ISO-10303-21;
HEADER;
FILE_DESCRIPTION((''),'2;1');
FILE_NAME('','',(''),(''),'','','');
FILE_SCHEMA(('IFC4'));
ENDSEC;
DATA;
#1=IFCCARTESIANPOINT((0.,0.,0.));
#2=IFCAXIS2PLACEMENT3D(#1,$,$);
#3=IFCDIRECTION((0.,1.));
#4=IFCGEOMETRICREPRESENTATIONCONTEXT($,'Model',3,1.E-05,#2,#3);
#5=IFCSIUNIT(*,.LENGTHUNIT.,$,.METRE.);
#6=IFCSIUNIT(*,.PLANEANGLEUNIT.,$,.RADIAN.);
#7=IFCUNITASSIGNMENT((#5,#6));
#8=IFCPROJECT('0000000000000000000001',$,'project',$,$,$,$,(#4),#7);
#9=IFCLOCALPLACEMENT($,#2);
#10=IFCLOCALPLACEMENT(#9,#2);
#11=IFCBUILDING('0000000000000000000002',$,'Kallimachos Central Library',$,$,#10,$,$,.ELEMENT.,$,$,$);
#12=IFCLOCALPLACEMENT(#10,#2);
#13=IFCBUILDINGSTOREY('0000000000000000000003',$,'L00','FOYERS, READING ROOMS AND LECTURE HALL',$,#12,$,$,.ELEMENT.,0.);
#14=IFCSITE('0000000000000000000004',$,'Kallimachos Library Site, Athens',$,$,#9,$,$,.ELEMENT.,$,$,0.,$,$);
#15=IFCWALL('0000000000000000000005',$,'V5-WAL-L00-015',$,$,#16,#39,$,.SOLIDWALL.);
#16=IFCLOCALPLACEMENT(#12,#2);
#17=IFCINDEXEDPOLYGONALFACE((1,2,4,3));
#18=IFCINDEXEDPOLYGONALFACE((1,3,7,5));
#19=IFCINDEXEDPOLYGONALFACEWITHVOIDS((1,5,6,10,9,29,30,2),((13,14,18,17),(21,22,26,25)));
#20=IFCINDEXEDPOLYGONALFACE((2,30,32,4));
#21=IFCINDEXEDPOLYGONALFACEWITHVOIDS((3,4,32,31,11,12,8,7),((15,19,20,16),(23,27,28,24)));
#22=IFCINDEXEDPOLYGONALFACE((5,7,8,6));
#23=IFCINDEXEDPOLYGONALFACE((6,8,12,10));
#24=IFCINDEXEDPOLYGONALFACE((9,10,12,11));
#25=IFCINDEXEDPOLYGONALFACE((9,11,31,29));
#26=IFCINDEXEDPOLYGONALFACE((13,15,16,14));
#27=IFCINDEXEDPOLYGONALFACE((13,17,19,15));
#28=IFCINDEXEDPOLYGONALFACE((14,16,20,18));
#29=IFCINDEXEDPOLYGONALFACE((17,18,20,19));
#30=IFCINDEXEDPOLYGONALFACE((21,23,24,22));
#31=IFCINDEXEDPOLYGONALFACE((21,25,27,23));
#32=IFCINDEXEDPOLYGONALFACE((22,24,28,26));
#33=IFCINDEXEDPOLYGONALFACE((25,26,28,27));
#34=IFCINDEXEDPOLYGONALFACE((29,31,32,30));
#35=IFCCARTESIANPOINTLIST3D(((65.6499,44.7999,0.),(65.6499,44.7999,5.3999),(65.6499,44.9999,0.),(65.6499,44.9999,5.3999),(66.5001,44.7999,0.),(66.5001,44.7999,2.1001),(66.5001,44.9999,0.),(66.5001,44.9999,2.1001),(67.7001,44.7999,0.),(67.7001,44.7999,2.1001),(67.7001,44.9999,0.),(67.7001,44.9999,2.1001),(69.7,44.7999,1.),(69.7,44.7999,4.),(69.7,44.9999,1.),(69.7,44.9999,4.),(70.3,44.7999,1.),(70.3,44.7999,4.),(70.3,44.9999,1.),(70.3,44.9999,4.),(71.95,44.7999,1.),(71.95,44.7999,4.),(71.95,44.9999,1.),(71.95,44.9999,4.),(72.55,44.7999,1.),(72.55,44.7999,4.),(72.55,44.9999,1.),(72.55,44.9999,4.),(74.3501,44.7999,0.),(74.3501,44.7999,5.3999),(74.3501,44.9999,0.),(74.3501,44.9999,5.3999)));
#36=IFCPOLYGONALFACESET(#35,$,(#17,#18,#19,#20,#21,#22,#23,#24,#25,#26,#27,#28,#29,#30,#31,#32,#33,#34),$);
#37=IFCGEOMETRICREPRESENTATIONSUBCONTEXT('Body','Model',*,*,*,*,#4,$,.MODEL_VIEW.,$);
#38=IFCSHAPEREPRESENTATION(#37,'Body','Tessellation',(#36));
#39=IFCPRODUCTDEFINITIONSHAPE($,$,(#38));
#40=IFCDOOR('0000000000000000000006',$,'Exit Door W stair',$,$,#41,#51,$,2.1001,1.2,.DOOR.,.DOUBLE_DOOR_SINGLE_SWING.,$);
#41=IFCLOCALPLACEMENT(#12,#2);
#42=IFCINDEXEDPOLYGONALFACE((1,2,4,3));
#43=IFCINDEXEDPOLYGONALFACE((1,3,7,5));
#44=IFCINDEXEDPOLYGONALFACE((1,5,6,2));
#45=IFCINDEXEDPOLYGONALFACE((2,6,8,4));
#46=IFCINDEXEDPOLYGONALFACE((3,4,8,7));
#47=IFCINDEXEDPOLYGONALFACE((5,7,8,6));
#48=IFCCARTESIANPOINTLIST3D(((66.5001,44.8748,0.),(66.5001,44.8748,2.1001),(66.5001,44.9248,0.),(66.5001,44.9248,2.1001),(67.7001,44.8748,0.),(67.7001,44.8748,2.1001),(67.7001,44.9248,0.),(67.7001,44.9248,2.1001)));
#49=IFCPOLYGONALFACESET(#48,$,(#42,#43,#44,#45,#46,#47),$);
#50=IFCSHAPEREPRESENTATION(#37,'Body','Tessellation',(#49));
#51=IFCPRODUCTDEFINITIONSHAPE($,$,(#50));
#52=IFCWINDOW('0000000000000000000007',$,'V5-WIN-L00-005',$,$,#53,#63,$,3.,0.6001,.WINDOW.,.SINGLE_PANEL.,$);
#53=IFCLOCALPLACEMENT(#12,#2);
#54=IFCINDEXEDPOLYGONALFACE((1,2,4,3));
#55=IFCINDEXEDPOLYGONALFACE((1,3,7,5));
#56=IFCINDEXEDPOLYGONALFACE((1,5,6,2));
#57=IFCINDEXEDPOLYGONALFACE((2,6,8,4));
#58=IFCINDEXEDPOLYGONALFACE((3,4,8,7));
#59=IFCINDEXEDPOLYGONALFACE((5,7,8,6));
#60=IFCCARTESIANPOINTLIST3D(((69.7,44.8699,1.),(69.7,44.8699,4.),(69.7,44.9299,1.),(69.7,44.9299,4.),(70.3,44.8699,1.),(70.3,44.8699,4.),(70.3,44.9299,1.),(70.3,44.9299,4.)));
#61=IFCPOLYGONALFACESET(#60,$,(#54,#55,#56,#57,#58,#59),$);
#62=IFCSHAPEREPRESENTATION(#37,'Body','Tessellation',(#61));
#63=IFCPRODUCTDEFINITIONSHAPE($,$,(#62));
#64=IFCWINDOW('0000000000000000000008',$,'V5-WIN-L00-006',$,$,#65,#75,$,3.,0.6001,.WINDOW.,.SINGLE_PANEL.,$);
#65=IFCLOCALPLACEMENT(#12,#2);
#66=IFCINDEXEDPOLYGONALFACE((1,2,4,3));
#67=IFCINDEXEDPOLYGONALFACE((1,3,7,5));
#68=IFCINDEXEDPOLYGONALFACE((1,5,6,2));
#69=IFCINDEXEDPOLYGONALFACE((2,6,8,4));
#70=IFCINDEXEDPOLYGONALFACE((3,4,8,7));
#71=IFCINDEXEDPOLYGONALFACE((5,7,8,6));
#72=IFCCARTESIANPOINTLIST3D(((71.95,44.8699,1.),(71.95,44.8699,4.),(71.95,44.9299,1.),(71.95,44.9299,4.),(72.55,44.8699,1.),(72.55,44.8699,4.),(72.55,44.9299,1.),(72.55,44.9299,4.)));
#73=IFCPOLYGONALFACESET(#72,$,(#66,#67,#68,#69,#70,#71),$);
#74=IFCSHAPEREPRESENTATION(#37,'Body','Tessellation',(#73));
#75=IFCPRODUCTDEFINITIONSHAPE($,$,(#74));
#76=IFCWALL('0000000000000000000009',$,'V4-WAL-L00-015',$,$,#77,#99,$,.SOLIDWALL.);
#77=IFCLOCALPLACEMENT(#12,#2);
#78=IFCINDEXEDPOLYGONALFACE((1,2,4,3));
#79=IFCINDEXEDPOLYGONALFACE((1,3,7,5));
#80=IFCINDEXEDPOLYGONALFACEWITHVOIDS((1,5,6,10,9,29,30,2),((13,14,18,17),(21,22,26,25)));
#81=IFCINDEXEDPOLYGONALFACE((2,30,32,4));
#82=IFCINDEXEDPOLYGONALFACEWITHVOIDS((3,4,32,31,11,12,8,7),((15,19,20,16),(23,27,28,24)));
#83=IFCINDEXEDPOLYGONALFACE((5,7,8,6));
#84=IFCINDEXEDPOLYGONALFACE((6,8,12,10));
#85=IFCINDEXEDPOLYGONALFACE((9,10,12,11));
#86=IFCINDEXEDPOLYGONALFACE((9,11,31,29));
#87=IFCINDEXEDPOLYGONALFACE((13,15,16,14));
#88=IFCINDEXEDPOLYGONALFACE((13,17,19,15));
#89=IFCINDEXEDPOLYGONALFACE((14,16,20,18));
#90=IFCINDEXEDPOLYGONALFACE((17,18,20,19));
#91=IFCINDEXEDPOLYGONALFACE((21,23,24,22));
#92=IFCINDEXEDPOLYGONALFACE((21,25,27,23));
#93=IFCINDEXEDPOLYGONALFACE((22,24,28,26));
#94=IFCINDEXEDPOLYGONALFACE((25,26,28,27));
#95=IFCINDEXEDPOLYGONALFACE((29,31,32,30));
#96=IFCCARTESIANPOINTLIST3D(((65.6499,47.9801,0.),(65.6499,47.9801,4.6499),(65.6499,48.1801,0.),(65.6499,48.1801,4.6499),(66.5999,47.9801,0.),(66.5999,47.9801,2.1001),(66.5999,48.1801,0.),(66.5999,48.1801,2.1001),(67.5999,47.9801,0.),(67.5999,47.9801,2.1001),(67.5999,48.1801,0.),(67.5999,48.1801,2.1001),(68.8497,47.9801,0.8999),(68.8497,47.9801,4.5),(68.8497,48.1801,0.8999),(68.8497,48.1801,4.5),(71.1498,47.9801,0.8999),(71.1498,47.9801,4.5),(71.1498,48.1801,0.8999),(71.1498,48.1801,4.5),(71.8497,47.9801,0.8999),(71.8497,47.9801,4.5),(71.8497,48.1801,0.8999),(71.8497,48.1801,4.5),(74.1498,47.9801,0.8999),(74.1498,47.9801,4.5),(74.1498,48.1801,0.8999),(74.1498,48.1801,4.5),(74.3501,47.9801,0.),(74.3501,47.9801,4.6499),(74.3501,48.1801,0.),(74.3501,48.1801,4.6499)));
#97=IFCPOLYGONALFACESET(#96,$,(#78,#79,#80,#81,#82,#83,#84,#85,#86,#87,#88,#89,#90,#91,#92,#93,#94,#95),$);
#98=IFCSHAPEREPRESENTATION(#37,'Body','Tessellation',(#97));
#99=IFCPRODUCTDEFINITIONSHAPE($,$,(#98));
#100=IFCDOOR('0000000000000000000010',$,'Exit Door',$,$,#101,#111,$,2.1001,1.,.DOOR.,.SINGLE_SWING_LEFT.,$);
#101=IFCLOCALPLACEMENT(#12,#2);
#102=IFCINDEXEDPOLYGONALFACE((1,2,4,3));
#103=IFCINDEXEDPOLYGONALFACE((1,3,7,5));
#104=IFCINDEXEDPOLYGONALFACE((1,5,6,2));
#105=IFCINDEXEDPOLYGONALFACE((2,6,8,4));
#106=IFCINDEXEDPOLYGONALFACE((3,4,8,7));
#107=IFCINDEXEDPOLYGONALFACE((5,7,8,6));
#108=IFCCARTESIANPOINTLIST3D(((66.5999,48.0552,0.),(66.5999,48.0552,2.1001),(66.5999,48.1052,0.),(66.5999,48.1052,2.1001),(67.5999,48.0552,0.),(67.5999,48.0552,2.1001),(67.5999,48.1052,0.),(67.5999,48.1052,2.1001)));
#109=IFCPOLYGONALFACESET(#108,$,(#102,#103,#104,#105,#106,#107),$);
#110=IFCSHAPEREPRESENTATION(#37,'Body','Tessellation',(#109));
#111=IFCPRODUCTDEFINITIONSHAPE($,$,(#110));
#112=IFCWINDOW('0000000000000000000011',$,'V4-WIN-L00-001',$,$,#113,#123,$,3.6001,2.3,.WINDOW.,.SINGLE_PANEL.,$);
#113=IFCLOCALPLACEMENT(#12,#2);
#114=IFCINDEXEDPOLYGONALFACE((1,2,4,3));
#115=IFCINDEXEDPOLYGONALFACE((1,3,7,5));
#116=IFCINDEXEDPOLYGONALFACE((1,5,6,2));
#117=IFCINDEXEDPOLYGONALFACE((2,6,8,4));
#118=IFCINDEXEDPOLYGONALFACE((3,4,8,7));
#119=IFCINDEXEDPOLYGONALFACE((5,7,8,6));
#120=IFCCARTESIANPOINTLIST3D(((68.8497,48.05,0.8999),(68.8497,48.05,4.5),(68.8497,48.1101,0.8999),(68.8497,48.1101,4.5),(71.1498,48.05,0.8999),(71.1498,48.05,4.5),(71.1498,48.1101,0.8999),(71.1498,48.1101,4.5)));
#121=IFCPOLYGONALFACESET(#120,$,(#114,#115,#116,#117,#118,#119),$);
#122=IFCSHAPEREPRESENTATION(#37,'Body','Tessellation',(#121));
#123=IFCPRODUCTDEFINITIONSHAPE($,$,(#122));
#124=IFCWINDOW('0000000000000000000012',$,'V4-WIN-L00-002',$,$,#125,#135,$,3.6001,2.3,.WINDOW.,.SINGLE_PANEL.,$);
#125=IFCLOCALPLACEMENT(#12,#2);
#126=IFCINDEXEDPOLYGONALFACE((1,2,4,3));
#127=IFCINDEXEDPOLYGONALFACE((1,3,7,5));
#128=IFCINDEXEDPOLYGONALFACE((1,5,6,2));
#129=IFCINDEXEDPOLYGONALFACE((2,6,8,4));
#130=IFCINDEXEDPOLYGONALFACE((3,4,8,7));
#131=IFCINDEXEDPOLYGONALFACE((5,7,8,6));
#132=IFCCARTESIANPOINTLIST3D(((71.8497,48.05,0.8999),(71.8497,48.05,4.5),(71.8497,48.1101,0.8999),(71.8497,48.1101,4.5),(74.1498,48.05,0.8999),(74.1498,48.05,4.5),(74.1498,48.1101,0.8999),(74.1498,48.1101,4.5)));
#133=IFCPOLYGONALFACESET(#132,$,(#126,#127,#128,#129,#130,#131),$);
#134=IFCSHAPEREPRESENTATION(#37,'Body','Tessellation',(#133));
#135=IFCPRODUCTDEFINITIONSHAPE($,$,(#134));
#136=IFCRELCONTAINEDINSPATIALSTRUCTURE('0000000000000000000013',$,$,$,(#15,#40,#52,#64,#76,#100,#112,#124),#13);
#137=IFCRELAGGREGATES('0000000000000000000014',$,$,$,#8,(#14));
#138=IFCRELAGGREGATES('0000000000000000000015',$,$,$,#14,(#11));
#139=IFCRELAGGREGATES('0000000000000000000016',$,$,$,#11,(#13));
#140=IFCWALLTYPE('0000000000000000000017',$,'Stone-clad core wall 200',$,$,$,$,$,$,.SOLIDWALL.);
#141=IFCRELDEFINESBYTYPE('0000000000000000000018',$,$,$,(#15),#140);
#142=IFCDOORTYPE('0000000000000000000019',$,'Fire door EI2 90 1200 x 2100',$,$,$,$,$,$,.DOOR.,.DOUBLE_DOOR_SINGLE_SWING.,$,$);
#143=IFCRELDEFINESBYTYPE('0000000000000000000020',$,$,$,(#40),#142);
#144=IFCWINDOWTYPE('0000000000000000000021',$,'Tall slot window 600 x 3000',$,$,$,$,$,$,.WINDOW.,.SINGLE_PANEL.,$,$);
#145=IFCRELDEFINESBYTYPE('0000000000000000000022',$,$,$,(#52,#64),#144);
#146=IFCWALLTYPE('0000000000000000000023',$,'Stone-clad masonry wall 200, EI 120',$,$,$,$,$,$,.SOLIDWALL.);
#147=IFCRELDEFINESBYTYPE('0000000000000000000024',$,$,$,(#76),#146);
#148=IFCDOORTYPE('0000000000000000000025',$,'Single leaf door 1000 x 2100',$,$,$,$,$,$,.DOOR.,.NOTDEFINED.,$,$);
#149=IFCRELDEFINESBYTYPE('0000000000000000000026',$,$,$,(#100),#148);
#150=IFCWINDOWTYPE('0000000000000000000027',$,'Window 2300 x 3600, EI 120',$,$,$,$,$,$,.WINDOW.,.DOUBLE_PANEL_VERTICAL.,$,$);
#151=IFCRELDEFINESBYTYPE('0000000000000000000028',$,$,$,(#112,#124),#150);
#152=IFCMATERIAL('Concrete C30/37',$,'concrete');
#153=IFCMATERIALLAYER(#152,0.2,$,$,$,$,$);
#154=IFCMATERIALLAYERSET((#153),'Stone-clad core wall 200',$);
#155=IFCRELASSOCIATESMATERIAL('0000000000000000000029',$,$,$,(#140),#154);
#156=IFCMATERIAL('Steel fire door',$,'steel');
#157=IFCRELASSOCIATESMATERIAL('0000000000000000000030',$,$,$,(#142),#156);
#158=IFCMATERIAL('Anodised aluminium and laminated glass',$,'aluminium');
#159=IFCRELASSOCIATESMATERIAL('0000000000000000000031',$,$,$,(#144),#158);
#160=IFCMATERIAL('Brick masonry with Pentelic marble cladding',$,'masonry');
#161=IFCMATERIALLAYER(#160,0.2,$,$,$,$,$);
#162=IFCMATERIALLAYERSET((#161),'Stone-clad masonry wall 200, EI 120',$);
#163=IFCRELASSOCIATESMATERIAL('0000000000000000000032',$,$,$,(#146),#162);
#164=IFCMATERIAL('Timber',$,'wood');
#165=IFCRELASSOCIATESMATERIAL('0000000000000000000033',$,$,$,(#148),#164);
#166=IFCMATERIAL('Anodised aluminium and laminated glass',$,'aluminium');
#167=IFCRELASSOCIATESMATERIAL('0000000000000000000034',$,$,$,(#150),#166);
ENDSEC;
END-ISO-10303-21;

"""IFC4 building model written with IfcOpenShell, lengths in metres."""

from ifc_helpers import new_model, si_unit, direction, frame, frame_2d, origin, place, context, subcontext, project, spatial, rectangle, extrude, material, layer, layer_set, type_object, element, fill, save


model = new_model("IFC4")

# Units and contexts
model_context = context("Model", 3, precision=1e-05, world=origin(), true_north=direction((0.0, 1.0)))
body_context = subcontext(model_context, "Body", "Model", "MODEL_VIEW")
ifc_project = project(units=[si_unit("LENGTHUNIT", "METRE"), si_unit("PLANEANGLEUNIT", "RADIAN")], contexts=[model_context])

# Site, building, storey
site_placement = place(None, origin())
site = spatial("IfcSite", under=ifc_project, at=site_placement, Name="Kallimachos Library Site, Athens", CompositionType="ELEMENT", RefElevation=0.0)
building_placement = place(site_placement, origin())
building = spatial("IfcBuilding", under=site, at=building_placement, Name="Kallimachos Central Library", CompositionType="ELEMENT")
storey_placement = place(building_placement, origin())
storey = spatial("IfcBuildingStorey", under=building, at=storey_placement, Name="L00", Description="FOYERS, READING ROOMS AND LECTURE HALL", CompositionType="ELEMENT", Elevation=0.0)

# Walls, openings, doors, windows
ifc_material_1 = material(Name="Concrete C30/37", Category="concrete")
ifc_layer_1 = layer(ifc_material_1, 0.2)
ifc_layer_set_1 = layer_set([ifc_layer_1], Name="Stone-clad core wall 200")
wall_type_1 = type_object("IfcWallType", Name="Stone-clad core wall 200", PredefinedType="SOLIDWALL", material=ifc_layer_set_1)
wall_1_placement = place(storey_placement, frame((65.6499, 44.8999, 0.0), z_axis=(0.0, 0.0, 1.0), x_axis=(1.0, 0.0, 0.0)))
wall_1 = element("IfcWall", 1, at=wall_1_placement, inside=storey, type_object=wall_type_1, Name="V5-WAL-L00-015", PredefinedType="SOLIDWALL", context=body_context, shape_type="SweptSolid", body=[
    extrude(rectangle(XDim=8.7002, YDim=0.2, at=frame_2d((4.3501, 0.0))), origin(), (0.0, 0.0, 1.0), 5.3999),
])
opening_1_placement = place(wall_1_placement, frame((0.8501, 0.0, 0.0)))
opening_1 = element("IfcOpeningElement", 2, at=opening_1_placement, cuts=wall_1, PredefinedType="OPENING", context=body_context, shape_type="SweptSolid", body=[
    extrude(rectangle(XDim=1.2, YDim=2.1001, at=frame_2d((0.6001, 1.05))), frame((0.0, 0.1099, 0.0), z_axis=(0.0, -1.0, 0.0), x_axis=(1.0, 0.0, 0.0)), (0.0, 0.0, 1.0), 0.22),
])
opening_2_placement = place(wall_1_placement, frame((4.05, 0.0, 1.0)))
opening_2 = element("IfcOpeningElement", 3, at=opening_2_placement, cuts=wall_1, PredefinedType="OPENING", context=body_context, shape_type="SweptSolid", body=[
    extrude(rectangle(XDim=0.6001, YDim=3.0, at=frame_2d((0.3, 1.5))), frame((0.0, 0.1099, 0.0), z_axis=(0.0, -1.0, 0.0), x_axis=(1.0, 0.0, 0.0)), (0.0, 0.0, 1.0), 0.22),
])
opening_3_placement = place(wall_1_placement, frame((6.3, 0.0, 1.0)))
opening_3 = element("IfcOpeningElement", 4, at=opening_3_placement, cuts=wall_1, PredefinedType="OPENING", context=body_context, shape_type="SweptSolid", body=[
    extrude(rectangle(XDim=0.6001, YDim=3.0, at=frame_2d((0.3, 1.5))), frame((0.0, 0.1099, 0.0), z_axis=(0.0, -1.0, 0.0), x_axis=(1.0, 0.0, 0.0)), (0.0, 0.0, 1.0), 0.22),
])
ifc_material_2 = material(Name="Steel fire door", Category="steel")
door_type_1 = type_object("IfcDoorType", Name="Fire door EI2 90 1200 x 2100", OperationType="DOUBLE_DOOR_SINGLE_SWING", PredefinedType="DOOR", material=ifc_material_2)
door_1_placement = place(opening_1_placement, origin())
door_1 = element("IfcDoor", 5, at=door_1_placement, inside=storey, type_object=door_type_1, Name="Exit Door W stair", OperationType="DOUBLE_DOOR_SINGLE_SWING", OverallHeight=2.1001, OverallWidth=1.2, PredefinedType="DOOR", context=body_context, shape_type="SweptSolid", body=[
    extrude(rectangle(XDim=1.2, YDim=2.1001, at=frame_2d((0.6001, 1.05))), frame((0.0, 0.0249, 0.0), z_axis=(0.0, -1.0, 0.0), x_axis=(1.0, 0.0, 0.0)), (0.0, 0.0, 1.0), 0.05),
])
fill(opening_1, door_1)
ifc_material_3 = material(Name="Anodised aluminium and laminated glass", Category="aluminium")
window_type_1 = type_object("IfcWindowType", Name="Tall slot window 600 x 3000", PartitioningType="SINGLE_PANEL", PredefinedType="WINDOW", material=ifc_material_3)
window_1_placement = place(opening_2_placement, origin())
window_1 = element("IfcWindow", 6, at=window_1_placement, inside=storey, type_object=window_type_1, Name="V5-WIN-L00-005", OverallHeight=3.0, OverallWidth=0.6001, PartitioningType="SINGLE_PANEL", PredefinedType="WINDOW", context=body_context, shape_type="SweptSolid", body=[
    extrude(rectangle(XDim=0.6001, YDim=3.0, at=frame_2d((0.3, 1.5))), frame((0.0, 0.03, 0.0), z_axis=(0.0, -1.0, 0.0), x_axis=(1.0, 0.0, 0.0)), (0.0, 0.0, 1.0), 0.0601),
])
fill(opening_2, window_1)
window_2_placement = place(opening_3_placement, origin())
window_2 = element("IfcWindow", 7, at=window_2_placement, inside=storey, type_object=window_type_1, Name="V5-WIN-L00-006", OverallHeight=3.0, OverallWidth=0.6001, PartitioningType="SINGLE_PANEL", PredefinedType="WINDOW", context=body_context, shape_type="SweptSolid", body=[
    extrude(rectangle(XDim=0.6001, YDim=3.0, at=frame_2d((0.3, 1.5))), frame((0.0, 0.03, 0.0), z_axis=(0.0, -1.0, 0.0), x_axis=(1.0, 0.0, 0.0)), (0.0, 0.0, 1.0), 0.0601),
])
fill(opening_3, window_2)
ifc_material_4 = material(Name="Brick masonry with Pentelic marble cladding", Category="masonry")
ifc_layer_2 = layer(ifc_material_4, 0.2)
ifc_layer_set_2 = layer_set([ifc_layer_2], Name="Stone-clad masonry wall 200, EI 120")
wall_type_2 = type_object("IfcWallType", Name="Stone-clad masonry wall 200, EI 120", PredefinedType="SOLIDWALL", material=ifc_layer_set_2)
wall_2_placement = place(storey_placement, frame((65.6499, 48.0801, 0.0), z_axis=(0.0, 0.0, 1.0), x_axis=(1.0, 0.0, 0.0)))
wall_2 = element("IfcWall", 8, at=wall_2_placement, inside=storey, type_object=wall_type_2, Name="V4-WAL-L00-015", PredefinedType="SOLIDWALL", context=body_context, shape_type="SweptSolid", body=[
    extrude(rectangle(XDim=8.7002, YDim=0.2, at=frame_2d((4.3501, 0.0))), origin(), (0.0, 0.0, 1.0), 4.6499),
])
opening_4_placement = place(wall_2_placement, frame((0.95, 0.0, 0.0)))
opening_4 = element("IfcOpeningElement", 9, at=opening_4_placement, cuts=wall_2, PredefinedType="OPENING", context=body_context, shape_type="SweptSolid", body=[
    extrude(rectangle(XDim=1.0, YDim=2.1001, at=frame_2d((0.5, 1.05))), frame((0.0, 0.1099, 0.0), z_axis=(0.0, -1.0, 0.0), x_axis=(1.0, 0.0, 0.0)), (0.0, 0.0, 1.0), 0.22),
])
opening_5_placement = place(wall_2_placement, frame((3.2, 0.0, 0.8999)))
opening_5 = element("IfcOpeningElement", 10, at=opening_5_placement, cuts=wall_2, PredefinedType="OPENING", context=body_context, shape_type="SweptSolid", body=[
    extrude(rectangle(XDim=2.3, YDim=3.6001, at=frame_2d((1.1499, 1.8))), frame((0.0, 0.1099, 0.0), z_axis=(0.0, -1.0, 0.0), x_axis=(1.0, 0.0, 0.0)), (0.0, 0.0, 1.0), 0.22),
])
opening_6_placement = place(wall_2_placement, frame((6.2, 0.0, 0.8999)))
opening_6 = element("IfcOpeningElement", 11, at=opening_6_placement, cuts=wall_2, PredefinedType="OPENING", context=body_context, shape_type="SweptSolid", body=[
    extrude(rectangle(XDim=2.3, YDim=3.6001, at=frame_2d((1.1499, 1.8))), frame((0.0, 0.1099, 0.0), z_axis=(0.0, -1.0, 0.0), x_axis=(1.0, 0.0, 0.0)), (0.0, 0.0, 1.0), 0.22),
])
ifc_material_5 = material(Name="Timber", Category="wood")
door_type_2 = type_object("IfcDoorType", Name="Single leaf door 1000 x 2100", OperationType="NOTDEFINED", PredefinedType="DOOR", material=ifc_material_5)
door_2_placement = place(opening_4_placement, frame((1.0, 0.0, 0.0), z_axis=(0.0, 0.0, 1.0), x_axis=(-1.0, 0.0, 0.0)))
door_2 = element("IfcDoor", 12, at=door_2_placement, inside=storey, type_object=door_type_2, Name="Exit Door", OperationType="SINGLE_SWING_LEFT", OverallHeight=2.1001, OverallWidth=1.0, PredefinedType="DOOR", context=body_context, shape_type="SweptSolid", body=[
    extrude(rectangle(XDim=1.0, YDim=2.1001, at=frame_2d((0.5, 1.05))), frame((0.0, 0.0249, 0.0), z_axis=(0.0, -1.0, 0.0), x_axis=(1.0, 0.0, 0.0)), (0.0, 0.0, 1.0), 0.05),
])
fill(opening_4, door_2)
ifc_material_6 = material(Name="Anodised aluminium and laminated glass", Category="aluminium")
window_type_2 = type_object("IfcWindowType", Name="Window 2300 x 3600, EI 120", PartitioningType="DOUBLE_PANEL_VERTICAL", PredefinedType="WINDOW", material=ifc_material_6)
window_3_placement = place(opening_5_placement, origin())
window_3 = element("IfcWindow", 13, at=window_3_placement, inside=storey, type_object=window_type_2, Name="V4-WIN-L00-001", OverallHeight=3.6001, OverallWidth=2.3, PartitioningType="SINGLE_PANEL", PredefinedType="WINDOW", context=body_context, shape_type="SweptSolid", body=[
    extrude(rectangle(XDim=2.3, YDim=3.6001, at=frame_2d((1.1499, 1.8))), frame((0.0, 0.03, 0.0), z_axis=(0.0, -1.0, 0.0), x_axis=(1.0, 0.0, 0.0)), (0.0, 0.0, 1.0), 0.0601),
])
fill(opening_5, window_3)
window_4_placement = place(opening_6_placement, origin())
window_4 = element("IfcWindow", 14, at=window_4_placement, inside=storey, type_object=window_type_2, Name="V4-WIN-L00-002", OverallHeight=3.6001, OverallWidth=2.3, PartitioningType="SINGLE_PANEL", PredefinedType="WINDOW", context=body_context, shape_type="SweptSolid", body=[
    extrude(rectangle(XDim=2.3, YDim=3.6001, at=frame_2d((1.1499, 1.8))), frame((0.0, 0.03, 0.0), z_axis=(0.0, -1.0, 0.0), x_axis=(1.0, 0.0, 0.0)), (0.0, 0.0, 1.0), 0.0601),
])
fill(opening_6, window_4)

save(model, "model.ifc")
